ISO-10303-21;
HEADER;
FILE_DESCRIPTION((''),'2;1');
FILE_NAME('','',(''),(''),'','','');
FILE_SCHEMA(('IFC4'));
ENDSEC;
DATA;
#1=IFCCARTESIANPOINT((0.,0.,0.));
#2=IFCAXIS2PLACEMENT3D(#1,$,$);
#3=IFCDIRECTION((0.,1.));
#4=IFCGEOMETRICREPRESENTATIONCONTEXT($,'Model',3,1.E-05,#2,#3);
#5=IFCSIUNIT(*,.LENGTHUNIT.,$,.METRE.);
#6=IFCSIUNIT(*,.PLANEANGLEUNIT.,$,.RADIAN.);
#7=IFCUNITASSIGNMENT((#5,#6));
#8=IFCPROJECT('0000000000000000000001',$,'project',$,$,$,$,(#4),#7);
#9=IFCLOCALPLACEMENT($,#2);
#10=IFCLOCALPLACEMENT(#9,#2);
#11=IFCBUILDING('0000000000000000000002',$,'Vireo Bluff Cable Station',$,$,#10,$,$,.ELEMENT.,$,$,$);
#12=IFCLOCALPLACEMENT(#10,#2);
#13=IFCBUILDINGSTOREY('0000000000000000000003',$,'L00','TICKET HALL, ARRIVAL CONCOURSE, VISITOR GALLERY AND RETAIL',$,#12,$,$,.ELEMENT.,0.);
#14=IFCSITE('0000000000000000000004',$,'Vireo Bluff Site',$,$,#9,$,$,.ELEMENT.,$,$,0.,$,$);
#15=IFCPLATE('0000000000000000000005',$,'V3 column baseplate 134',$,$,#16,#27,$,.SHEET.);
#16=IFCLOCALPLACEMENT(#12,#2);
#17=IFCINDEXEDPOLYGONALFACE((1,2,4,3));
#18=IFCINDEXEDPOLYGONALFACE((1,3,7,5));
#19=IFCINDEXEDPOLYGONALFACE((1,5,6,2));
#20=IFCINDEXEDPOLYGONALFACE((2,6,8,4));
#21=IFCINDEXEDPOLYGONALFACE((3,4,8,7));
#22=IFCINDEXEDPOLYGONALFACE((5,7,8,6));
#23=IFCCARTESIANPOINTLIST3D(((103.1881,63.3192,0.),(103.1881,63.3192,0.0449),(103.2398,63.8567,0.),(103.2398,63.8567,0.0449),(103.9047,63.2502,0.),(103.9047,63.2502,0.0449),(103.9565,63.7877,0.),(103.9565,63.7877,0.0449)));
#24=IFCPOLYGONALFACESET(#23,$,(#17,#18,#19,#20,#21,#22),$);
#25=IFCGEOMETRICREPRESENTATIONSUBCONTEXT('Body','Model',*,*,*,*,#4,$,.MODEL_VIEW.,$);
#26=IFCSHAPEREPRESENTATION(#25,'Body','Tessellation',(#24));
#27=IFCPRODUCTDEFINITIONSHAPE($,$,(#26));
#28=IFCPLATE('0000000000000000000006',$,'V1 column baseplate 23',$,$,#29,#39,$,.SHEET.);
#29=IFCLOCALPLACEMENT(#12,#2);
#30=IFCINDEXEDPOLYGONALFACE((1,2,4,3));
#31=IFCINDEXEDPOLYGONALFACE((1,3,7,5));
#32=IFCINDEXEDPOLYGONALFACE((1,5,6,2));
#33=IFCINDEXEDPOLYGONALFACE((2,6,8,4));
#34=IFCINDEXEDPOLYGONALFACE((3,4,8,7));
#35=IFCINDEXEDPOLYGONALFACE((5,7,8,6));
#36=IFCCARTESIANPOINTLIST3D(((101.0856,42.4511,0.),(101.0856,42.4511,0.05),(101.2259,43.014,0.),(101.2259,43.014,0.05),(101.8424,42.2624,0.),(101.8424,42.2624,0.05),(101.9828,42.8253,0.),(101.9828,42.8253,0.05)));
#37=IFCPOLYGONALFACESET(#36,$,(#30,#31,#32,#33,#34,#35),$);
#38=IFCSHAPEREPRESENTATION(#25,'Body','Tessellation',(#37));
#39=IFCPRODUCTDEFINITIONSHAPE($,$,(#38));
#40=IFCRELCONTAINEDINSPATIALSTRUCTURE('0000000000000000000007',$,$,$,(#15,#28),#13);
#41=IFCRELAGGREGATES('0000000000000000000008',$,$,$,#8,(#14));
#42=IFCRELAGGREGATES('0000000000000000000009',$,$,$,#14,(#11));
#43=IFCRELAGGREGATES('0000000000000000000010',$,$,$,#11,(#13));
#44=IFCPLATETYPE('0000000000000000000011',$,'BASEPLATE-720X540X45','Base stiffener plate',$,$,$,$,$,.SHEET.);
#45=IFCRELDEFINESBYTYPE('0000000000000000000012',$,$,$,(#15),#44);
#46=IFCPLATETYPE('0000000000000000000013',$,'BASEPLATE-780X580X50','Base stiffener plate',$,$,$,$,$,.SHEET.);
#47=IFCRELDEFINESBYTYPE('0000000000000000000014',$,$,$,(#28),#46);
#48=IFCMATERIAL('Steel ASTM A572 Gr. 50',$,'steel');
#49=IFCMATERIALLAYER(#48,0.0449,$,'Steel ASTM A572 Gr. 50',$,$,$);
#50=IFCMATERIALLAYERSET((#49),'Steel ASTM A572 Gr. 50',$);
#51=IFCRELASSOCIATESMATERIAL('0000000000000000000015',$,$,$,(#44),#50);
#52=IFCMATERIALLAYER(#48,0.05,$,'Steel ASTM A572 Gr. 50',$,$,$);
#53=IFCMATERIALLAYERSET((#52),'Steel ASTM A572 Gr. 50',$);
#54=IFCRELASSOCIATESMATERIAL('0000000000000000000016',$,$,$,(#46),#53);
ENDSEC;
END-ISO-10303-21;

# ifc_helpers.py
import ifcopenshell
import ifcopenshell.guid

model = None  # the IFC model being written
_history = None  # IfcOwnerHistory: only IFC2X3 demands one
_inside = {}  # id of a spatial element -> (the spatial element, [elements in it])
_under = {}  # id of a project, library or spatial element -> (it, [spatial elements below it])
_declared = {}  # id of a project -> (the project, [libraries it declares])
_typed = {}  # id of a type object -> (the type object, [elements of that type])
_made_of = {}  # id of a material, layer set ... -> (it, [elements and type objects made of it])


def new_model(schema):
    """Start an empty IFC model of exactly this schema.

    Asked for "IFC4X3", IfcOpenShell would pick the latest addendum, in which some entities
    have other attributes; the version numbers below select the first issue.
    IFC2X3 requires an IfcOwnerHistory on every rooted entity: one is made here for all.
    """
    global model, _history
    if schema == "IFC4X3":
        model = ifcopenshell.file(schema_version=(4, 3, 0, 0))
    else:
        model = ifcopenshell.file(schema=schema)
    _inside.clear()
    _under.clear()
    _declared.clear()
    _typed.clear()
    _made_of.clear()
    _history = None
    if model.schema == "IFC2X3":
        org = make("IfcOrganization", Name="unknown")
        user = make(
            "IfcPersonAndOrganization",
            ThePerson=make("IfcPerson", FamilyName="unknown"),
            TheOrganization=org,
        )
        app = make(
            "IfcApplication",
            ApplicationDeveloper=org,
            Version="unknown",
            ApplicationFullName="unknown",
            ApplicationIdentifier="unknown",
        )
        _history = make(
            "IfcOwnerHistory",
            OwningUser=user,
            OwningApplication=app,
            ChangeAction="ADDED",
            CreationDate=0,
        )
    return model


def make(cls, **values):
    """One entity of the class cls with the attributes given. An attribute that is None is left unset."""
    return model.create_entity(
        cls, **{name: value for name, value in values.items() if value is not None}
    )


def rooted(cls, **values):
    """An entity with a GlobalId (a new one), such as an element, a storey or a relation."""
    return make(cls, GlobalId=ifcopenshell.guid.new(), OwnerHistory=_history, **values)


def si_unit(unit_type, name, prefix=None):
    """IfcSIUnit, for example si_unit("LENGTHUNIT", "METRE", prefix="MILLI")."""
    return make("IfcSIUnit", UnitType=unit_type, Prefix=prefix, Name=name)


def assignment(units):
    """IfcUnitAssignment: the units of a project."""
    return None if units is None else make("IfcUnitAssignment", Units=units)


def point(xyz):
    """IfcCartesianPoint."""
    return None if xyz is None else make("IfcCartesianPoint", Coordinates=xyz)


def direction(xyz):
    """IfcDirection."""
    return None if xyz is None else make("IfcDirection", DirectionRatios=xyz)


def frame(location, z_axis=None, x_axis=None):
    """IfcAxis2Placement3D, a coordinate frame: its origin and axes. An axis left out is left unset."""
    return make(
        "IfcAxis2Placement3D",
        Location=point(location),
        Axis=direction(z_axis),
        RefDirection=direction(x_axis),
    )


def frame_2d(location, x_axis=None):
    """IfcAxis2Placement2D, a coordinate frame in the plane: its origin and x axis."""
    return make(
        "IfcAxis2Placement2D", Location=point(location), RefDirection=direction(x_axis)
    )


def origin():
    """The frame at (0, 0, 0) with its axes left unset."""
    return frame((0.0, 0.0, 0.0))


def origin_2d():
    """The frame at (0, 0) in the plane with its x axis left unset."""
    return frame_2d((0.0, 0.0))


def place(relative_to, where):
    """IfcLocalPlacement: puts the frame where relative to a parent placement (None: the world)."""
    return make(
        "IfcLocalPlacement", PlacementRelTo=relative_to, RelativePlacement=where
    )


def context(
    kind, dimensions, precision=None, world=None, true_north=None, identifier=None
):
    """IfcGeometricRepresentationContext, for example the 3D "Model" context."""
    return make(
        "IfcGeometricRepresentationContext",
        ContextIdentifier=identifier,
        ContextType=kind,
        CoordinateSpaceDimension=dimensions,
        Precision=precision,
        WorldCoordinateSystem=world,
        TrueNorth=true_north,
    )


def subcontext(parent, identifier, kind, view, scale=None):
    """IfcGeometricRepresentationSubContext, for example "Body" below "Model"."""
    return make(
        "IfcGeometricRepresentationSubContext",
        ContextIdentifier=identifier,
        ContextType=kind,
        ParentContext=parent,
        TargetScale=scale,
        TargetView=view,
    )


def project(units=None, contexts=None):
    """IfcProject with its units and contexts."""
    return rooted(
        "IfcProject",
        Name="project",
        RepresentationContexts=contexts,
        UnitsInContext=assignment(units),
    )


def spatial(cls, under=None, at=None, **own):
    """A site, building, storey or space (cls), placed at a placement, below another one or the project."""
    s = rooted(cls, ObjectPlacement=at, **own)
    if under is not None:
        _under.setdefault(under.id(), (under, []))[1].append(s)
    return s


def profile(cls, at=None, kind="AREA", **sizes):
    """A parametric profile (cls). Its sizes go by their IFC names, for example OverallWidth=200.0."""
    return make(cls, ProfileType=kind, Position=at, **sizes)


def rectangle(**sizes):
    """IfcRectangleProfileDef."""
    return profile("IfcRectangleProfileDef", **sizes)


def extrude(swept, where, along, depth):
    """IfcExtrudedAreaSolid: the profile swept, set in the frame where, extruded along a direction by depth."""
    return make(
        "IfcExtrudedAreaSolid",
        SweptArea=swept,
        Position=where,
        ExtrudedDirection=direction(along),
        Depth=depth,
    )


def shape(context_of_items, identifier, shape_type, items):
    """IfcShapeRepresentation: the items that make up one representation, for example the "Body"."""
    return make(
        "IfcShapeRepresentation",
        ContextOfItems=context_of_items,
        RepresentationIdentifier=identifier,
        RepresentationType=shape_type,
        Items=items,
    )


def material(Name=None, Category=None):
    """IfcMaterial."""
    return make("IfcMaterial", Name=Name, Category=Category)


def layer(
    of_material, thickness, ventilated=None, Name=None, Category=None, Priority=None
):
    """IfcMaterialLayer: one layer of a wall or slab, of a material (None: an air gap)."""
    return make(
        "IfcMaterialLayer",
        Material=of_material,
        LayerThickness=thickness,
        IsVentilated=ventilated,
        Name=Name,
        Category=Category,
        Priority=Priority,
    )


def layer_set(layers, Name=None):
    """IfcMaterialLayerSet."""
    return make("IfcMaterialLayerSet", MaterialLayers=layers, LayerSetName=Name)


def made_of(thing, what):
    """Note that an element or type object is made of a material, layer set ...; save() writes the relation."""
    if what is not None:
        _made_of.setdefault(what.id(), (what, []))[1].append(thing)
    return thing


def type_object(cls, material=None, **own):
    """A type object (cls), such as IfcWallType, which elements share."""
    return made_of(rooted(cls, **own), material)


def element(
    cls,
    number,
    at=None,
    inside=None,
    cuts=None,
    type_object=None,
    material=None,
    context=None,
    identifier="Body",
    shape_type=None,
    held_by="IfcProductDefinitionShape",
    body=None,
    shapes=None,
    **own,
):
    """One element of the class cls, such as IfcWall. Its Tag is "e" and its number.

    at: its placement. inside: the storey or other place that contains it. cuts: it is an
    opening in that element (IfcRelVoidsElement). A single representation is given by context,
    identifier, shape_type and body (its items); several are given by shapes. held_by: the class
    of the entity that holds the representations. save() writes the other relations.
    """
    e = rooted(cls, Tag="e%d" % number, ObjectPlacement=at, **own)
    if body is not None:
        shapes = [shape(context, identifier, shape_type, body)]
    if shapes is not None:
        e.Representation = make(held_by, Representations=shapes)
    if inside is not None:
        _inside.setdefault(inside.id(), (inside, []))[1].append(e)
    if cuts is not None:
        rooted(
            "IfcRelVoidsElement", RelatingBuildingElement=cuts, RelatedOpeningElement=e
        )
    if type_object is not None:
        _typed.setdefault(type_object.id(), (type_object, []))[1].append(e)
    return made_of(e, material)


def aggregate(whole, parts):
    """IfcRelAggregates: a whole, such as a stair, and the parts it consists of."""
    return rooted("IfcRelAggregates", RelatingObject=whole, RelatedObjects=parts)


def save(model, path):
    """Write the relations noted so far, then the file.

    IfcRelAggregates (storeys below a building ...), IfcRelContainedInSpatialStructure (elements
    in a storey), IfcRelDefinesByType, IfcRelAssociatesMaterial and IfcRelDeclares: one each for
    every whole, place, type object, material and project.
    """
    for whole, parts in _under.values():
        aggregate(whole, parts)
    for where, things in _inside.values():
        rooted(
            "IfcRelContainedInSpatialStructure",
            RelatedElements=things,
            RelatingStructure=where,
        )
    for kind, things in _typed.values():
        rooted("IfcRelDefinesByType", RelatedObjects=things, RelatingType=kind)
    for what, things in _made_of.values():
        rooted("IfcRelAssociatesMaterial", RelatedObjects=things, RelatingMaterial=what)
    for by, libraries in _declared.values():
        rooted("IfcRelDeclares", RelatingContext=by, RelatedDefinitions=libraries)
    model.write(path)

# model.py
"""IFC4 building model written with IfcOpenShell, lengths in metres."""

from ifc_helpers import new_model, si_unit, direction, frame, origin, origin_2d, place, context, subcontext, project, spatial, rectangle, extrude, material, layer, layer_set, type_object, element, save


model = new_model("IFC4")

# Units and contexts
model_context = context("Model", 3, precision=1e-05, world=origin(), true_north=direction((0.0, 1.0)))
body_context = subcontext(model_context, "Body", "Model", "MODEL_VIEW")
ifc_project = project(units=[si_unit("LENGTHUNIT", "METRE"), si_unit("PLANEANGLEUNIT", "RADIAN")], contexts=[model_context])

# Site, building, storey
site_placement = place(None, origin())
site = spatial("IfcSite", under=ifc_project, at=site_placement, Name="Vireo Bluff Site", CompositionType="ELEMENT", RefElevation=0.0)
building_placement = place(site_placement, origin())
building = spatial("IfcBuilding", under=site, at=building_placement, Name="Vireo Bluff Cable Station", CompositionType="ELEMENT")
storey_placement = place(building_placement, origin())
storey = spatial("IfcBuildingStorey", under=building, at=storey_placement, Name="L00", Description="TICKET HALL, ARRIVAL CONCOURSE, VISITOR GALLERY AND RETAIL", CompositionType="ELEMENT", Elevation=0.0)

# Plates
ifc_material_1 = material(Name="Steel ASTM A572 Gr. 50", Category="steel")
ifc_layer_1 = layer(ifc_material_1, 0.0449, Name="Steel ASTM A572 Gr. 50")
ifc_layer_set_1 = layer_set([ifc_layer_1], Name="Steel ASTM A572 Gr. 50")
plate_type_1 = type_object("IfcPlateType", Name="BASEPLATE-720X540X45", Description="Base stiffener plate", PredefinedType="SHEET", material=ifc_layer_set_1)
plate_1_placement = place(storey_placement, frame((103.5723, 63.5535, 0.0), z_axis=(0.0, 0.0, 1.0), x_axis=(0.995396, -0.095846, 0.0)))
element("IfcPlate", 1, at=plate_1_placement, inside=storey, type_object=plate_type_1, Name="V3 column baseplate 134", PredefinedType="SHEET", context=body_context, shape_type="SweptSolid", body=[
    extrude(rectangle(XDim=0.72, YDim=0.54, at=origin_2d()), origin(), (0.0, 0.0, 1.0), 0.0449),
])
ifc_layer_2 = layer(ifc_material_1, 0.05, Name="Steel ASTM A572 Gr. 50")
ifc_layer_set_2 = layer_set([ifc_layer_2], Name="Steel ASTM A572 Gr. 50")
plate_type_2 = type_object("IfcPlateType", Name="BASEPLATE-780X580X50", Description="Base stiffener plate", PredefinedType="SHEET", material=ifc_layer_set_2)
plate_2_placement = place(storey_placement, frame((101.5342, 42.6382, 0.0), z_axis=(0.0, 0.0, 1.0), x_axis=(0.970296, -0.241922, 0.0)))
element("IfcPlate", 2, at=plate_2_placement, inside=storey, type_object=plate_type_2, Name="V1 column baseplate 23", PredefinedType="SHEET", context=body_context, shape_type="SweptSolid", body=[
    extrude(rectangle(XDim=0.78, YDim=0.5801, at=origin_2d()), origin(), (0.0, 0.0, 1.0), 0.05),
])

save(model, "model.ifc")
